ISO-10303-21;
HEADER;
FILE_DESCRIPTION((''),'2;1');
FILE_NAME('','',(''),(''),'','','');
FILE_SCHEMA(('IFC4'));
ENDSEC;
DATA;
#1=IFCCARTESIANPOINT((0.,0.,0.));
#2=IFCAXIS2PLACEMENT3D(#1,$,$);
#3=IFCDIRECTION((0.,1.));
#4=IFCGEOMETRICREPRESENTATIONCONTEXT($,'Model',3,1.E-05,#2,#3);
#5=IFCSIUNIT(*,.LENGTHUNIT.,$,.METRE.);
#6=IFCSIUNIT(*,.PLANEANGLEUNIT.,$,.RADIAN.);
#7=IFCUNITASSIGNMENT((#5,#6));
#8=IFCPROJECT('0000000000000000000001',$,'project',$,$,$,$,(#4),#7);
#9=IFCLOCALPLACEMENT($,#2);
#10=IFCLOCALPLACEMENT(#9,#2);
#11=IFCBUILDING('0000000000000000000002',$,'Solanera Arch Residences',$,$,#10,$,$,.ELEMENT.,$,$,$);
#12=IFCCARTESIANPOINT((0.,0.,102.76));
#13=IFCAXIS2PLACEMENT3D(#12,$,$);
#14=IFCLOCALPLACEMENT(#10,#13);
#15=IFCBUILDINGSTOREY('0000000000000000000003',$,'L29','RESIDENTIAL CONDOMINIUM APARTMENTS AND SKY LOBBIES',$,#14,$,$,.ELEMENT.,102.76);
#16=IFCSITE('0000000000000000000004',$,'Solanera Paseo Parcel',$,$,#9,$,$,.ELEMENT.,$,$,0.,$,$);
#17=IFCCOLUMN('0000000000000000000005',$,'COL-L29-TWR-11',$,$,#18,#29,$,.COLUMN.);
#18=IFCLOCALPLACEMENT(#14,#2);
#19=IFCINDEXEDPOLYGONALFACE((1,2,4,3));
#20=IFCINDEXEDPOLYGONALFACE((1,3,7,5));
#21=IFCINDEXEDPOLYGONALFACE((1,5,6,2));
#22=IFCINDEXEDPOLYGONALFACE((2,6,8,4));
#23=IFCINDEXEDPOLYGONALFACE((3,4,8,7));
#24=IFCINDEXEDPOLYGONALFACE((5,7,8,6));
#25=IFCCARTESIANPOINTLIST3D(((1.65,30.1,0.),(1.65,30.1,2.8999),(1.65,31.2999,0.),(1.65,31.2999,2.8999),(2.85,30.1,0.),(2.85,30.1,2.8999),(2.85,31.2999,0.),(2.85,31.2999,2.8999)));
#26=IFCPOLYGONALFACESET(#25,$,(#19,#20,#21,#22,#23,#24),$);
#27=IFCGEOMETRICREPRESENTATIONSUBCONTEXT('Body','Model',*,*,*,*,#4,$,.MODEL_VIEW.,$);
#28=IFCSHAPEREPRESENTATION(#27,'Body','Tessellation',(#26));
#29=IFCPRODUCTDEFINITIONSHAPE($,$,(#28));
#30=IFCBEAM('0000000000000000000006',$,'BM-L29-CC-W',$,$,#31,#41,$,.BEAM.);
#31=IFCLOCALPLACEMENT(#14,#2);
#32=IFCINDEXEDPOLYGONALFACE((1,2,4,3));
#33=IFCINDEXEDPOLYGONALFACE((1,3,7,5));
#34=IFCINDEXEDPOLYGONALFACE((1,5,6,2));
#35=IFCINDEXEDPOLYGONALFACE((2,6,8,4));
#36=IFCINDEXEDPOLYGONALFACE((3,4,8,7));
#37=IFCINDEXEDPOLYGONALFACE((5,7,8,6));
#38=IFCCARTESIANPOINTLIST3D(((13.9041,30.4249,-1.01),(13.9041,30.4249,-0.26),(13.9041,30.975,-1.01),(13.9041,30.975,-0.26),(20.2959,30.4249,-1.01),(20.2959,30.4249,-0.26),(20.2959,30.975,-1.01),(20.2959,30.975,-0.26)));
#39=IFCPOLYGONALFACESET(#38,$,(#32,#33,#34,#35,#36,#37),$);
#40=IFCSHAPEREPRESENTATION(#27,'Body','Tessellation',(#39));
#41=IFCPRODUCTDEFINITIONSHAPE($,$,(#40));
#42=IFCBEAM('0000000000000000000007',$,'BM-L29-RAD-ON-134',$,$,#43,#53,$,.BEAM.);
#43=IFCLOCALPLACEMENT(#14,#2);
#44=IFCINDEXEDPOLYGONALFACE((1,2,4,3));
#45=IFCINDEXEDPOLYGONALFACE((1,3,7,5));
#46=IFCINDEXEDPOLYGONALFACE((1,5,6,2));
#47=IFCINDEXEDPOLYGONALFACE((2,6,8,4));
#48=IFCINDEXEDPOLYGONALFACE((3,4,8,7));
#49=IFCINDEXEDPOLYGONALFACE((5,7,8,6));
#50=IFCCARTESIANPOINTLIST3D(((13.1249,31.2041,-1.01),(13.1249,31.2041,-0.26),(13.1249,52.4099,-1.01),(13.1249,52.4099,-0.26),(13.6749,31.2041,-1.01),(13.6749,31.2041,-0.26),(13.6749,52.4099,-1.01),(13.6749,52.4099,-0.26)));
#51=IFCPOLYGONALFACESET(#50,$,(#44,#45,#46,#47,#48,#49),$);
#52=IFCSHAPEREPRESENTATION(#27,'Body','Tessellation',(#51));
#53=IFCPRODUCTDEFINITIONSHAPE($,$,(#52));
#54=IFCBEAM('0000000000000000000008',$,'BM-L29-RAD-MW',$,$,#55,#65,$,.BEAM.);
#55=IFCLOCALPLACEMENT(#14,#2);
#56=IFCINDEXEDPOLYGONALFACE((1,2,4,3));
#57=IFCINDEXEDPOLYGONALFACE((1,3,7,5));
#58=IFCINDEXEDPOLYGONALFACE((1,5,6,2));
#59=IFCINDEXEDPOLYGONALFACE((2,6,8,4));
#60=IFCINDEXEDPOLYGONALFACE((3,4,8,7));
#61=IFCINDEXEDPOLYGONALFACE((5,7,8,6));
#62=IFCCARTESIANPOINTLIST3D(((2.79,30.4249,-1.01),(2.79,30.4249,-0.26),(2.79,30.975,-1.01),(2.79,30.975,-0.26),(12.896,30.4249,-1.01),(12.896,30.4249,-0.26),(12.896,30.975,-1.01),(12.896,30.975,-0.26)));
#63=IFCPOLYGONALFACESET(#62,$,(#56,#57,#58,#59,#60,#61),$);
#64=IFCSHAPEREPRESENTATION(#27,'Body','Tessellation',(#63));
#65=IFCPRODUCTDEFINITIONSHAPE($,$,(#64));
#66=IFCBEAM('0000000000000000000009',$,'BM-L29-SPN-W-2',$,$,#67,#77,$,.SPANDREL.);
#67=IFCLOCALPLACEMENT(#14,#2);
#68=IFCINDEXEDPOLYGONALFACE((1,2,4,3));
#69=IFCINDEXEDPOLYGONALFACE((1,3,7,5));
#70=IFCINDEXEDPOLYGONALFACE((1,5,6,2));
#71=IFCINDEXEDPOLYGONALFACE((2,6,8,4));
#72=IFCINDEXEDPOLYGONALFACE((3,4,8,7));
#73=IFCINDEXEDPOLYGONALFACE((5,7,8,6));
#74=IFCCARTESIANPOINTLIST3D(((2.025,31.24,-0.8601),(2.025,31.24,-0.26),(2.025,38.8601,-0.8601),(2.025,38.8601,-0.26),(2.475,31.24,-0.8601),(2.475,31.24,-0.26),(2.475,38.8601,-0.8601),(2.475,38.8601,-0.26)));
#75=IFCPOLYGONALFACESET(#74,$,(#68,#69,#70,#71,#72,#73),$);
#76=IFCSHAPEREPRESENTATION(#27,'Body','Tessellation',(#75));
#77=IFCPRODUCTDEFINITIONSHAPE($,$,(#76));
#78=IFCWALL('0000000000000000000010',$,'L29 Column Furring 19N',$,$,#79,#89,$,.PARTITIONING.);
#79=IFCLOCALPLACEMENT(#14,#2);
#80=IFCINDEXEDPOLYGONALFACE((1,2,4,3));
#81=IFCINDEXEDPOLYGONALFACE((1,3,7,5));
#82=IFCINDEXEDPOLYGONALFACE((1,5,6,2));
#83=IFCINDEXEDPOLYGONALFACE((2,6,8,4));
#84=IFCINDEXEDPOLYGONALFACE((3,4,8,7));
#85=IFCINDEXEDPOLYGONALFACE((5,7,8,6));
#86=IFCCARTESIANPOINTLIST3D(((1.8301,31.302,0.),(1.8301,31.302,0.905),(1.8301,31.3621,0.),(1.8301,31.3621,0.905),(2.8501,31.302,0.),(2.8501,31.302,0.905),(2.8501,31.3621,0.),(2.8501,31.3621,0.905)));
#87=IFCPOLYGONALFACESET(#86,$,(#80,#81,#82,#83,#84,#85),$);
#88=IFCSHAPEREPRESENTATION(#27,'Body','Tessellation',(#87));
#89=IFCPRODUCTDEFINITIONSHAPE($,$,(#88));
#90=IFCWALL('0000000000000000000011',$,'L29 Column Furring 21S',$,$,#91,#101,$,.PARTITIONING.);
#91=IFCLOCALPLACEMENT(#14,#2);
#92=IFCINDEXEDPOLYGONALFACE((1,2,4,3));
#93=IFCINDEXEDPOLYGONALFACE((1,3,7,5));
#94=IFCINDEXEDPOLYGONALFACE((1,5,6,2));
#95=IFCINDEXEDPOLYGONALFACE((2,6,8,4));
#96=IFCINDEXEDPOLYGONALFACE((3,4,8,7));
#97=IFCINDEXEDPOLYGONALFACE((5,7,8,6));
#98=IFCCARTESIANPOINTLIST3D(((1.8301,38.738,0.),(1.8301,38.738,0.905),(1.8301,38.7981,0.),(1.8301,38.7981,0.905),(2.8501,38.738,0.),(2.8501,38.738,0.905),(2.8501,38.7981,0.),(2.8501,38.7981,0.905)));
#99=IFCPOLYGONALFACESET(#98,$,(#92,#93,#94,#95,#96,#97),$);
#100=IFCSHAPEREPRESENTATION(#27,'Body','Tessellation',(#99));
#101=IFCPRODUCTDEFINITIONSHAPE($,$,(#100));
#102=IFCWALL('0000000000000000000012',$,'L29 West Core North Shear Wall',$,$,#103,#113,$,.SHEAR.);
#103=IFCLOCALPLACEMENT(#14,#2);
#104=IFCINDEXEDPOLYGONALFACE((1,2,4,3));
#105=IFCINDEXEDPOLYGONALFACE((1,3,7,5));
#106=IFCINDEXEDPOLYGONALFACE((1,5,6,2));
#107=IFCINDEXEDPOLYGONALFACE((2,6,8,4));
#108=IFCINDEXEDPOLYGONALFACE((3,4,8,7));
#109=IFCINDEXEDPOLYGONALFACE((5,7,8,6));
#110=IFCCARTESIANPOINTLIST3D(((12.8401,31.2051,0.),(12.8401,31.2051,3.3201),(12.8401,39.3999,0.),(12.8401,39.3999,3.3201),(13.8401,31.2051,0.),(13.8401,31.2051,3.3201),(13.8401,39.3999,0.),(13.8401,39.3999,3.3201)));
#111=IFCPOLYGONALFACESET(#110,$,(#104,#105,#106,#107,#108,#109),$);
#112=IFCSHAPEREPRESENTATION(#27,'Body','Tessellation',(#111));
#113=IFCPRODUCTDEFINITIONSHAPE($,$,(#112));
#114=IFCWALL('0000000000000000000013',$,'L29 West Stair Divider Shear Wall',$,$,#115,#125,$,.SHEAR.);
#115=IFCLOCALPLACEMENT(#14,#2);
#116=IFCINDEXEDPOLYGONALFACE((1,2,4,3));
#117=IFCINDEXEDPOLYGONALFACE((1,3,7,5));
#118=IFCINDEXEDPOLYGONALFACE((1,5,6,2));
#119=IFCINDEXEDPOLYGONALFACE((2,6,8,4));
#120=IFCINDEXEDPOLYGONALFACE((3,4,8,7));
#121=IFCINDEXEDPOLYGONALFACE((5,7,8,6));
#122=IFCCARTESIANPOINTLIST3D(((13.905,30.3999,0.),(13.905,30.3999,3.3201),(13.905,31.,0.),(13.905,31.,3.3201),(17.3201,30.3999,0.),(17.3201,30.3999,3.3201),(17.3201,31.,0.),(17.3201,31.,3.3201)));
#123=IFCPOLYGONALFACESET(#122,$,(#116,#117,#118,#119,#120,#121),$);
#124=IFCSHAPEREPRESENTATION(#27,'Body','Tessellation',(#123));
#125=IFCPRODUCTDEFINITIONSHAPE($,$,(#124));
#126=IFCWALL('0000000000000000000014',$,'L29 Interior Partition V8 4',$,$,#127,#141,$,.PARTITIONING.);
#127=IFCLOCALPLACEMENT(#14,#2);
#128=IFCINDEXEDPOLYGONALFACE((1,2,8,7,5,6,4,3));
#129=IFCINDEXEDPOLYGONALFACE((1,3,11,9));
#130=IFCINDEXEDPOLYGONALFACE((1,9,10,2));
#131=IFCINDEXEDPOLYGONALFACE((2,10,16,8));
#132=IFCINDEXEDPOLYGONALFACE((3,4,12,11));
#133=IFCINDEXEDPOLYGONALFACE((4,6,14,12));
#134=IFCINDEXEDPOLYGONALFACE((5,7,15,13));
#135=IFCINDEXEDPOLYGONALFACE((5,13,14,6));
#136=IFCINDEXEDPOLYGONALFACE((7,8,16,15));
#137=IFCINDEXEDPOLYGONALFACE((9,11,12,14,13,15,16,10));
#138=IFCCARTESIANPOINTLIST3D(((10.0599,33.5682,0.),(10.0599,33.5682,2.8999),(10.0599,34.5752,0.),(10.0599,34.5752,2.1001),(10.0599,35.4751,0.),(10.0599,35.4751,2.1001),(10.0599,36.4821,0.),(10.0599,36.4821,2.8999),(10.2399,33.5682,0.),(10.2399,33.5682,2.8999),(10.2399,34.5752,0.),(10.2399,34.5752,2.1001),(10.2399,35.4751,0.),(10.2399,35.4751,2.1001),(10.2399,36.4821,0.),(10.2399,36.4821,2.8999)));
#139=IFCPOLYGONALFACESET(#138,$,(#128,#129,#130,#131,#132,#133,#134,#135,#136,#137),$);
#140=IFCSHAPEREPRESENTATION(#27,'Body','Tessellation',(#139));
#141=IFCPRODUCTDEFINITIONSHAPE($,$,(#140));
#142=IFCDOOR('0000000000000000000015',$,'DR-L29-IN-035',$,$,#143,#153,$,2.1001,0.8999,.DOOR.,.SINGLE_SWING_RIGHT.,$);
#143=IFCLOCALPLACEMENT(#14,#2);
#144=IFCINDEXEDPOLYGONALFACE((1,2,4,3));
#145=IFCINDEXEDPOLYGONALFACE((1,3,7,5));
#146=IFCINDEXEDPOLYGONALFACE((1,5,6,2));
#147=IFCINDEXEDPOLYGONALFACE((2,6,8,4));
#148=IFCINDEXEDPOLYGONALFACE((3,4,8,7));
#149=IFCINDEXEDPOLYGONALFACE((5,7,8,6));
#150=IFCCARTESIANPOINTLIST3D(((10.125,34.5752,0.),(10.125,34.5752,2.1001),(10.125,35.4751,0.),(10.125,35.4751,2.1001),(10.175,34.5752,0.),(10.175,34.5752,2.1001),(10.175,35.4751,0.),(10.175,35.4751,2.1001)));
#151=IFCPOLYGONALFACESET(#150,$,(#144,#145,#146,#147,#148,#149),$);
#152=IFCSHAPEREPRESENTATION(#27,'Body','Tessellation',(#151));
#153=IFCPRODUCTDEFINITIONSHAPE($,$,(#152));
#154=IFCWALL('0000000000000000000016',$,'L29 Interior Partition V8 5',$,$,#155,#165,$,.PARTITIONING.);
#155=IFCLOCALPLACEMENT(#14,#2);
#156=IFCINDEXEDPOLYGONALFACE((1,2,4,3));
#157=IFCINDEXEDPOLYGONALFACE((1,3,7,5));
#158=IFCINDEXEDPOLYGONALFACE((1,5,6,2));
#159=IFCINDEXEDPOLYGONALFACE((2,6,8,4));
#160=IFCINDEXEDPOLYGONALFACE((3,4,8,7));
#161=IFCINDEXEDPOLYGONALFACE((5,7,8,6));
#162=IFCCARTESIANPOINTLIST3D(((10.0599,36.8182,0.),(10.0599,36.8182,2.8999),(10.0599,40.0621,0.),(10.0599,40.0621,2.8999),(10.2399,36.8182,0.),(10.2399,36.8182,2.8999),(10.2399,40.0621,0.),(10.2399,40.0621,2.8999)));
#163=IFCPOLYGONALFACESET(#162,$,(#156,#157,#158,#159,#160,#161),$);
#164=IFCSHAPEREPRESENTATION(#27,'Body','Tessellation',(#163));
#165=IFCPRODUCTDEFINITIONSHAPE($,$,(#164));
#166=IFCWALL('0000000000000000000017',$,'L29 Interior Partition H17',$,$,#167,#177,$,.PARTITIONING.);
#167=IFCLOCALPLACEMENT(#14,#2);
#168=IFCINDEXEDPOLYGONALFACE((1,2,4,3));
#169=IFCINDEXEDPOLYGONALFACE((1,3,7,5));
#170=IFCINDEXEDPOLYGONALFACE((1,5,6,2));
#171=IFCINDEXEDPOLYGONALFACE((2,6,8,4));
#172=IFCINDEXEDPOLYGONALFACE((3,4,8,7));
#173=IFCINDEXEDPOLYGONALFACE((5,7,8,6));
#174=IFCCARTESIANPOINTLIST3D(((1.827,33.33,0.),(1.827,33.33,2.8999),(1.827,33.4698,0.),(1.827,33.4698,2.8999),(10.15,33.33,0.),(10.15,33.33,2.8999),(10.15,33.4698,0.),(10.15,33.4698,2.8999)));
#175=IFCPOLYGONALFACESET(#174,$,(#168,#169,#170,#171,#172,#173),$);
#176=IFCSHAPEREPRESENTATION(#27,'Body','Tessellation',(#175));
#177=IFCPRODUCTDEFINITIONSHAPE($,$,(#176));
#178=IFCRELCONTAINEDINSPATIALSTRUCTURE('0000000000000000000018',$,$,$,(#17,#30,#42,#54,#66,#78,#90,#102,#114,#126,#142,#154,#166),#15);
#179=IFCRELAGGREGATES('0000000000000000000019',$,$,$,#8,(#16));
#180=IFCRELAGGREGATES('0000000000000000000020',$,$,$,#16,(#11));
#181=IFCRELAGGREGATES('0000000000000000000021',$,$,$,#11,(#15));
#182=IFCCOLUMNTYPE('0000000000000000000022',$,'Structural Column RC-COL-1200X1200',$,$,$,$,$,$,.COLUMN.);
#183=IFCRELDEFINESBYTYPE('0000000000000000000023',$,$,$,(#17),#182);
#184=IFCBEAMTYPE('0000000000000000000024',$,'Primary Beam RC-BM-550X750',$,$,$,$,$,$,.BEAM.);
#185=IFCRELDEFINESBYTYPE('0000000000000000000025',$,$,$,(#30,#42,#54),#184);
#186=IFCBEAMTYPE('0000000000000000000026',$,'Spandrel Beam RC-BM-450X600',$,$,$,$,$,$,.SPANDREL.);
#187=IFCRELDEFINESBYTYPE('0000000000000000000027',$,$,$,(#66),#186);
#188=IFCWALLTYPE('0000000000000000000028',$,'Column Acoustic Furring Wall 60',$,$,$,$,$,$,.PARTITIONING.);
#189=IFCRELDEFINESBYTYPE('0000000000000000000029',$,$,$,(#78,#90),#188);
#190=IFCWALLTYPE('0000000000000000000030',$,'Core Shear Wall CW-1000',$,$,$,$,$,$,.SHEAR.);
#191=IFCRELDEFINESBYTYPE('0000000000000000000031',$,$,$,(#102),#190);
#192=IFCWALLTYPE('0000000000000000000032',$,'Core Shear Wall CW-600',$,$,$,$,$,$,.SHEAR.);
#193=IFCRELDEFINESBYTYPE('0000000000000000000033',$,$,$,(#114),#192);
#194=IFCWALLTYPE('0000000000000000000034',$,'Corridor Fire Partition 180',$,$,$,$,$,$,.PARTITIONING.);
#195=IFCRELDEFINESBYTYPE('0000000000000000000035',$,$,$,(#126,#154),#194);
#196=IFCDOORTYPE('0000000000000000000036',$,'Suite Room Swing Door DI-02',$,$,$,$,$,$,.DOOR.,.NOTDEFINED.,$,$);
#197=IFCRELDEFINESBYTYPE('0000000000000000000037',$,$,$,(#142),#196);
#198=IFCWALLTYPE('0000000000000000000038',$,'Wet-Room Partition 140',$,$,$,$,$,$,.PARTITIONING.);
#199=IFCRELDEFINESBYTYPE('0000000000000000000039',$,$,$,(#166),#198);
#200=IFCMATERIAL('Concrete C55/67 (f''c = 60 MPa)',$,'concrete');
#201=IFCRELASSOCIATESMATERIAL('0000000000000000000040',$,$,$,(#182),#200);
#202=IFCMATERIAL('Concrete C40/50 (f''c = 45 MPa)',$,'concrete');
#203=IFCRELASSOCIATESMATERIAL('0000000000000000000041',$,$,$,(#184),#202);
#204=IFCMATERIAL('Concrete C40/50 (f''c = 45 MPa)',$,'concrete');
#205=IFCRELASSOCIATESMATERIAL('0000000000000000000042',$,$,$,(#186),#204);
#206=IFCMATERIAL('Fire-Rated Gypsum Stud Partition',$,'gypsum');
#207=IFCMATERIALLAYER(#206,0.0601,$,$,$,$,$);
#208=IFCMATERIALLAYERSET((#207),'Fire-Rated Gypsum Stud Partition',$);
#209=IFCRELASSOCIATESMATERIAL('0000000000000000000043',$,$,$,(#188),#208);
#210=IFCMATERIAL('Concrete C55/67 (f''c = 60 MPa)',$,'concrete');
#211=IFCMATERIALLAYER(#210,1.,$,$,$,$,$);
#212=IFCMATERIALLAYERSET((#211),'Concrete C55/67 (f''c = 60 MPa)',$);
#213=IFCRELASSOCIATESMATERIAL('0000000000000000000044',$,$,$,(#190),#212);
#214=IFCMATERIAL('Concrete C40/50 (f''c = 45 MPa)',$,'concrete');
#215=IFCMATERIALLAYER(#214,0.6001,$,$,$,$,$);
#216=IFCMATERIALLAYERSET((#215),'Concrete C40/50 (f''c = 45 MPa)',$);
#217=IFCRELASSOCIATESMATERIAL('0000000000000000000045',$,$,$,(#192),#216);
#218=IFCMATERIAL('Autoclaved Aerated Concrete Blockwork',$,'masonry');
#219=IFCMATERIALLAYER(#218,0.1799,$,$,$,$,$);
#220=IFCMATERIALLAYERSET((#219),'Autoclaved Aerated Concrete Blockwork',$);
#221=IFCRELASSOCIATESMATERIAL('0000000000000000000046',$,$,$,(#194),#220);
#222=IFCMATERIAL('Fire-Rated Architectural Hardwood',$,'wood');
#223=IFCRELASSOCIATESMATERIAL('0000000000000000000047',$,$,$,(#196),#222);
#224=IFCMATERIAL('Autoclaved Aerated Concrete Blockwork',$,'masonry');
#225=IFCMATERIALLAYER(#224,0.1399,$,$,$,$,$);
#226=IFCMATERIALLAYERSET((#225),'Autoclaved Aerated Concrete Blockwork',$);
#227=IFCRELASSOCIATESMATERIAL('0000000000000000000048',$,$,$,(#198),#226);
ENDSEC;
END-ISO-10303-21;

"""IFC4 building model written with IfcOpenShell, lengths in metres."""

from ifc_helpers import new_model, si_unit, direction, frame, frame_2d, origin, origin_2d, place, context, subcontext, project, spatial, rectangle, extrude, material, layer, layer_set, material_profile, profile_set, type_object, element, fill, save


model = new_model("IFC4")

# Units and contexts
model_context = context("Model", 3, precision=1e-05, world=origin(), true_north=direction((0.0, 1.0)))
body_context = subcontext(model_context, "Body", "Model", "MODEL_VIEW")
ifc_project = project(units=[si_unit("LENGTHUNIT", "METRE"), si_unit("PLANEANGLEUNIT", "RADIAN")], contexts=[model_context])

# Site, building, storey
site_placement = place(None, origin())
site = spatial("IfcSite", under=ifc_project, at=site_placement, Name="Solanera Paseo Parcel", CompositionType="ELEMENT", RefElevation=0.0)
building_placement = place(site_placement, origin())
building = spatial("IfcBuilding", under=site, at=building_placement, Name="Solanera Arch Residences", CompositionType="ELEMENT")
storey_placement = place(building_placement, frame((0.0, 0.0, 102.76)))
storey = spatial("IfcBuildingStorey", under=building, at=storey_placement, Name="L29", Description="RESIDENTIAL CONDOMINIUM APARTMENTS AND SKY LOBBIES", CompositionType="ELEMENT", Elevation=102.76)

# Column
ifc_material_1 = material(Name="Concrete C55/67 (f'c = 60 MPa)", Category="concrete")
ifc_material_profile_1 = material_profile(ifc_material_1, rectangle(XDim=1.2, YDim=1.2, at=origin_2d()))
ifc_profile_set_1 = profile_set([ifc_material_profile_1], Name="Concrete C55/67 (f'c = 60 MPa)")
column_type = type_object("IfcColumnType", Name="Structural Column RC-COL-1200X1200", PredefinedType="COLUMN", material=ifc_profile_set_1)
column_placement = place(storey_placement, frame((2.25, 30.7, 0.0), z_axis=(0.0, 0.0, 1.0), x_axis=(1.0, 0.0, 0.0)))
element("IfcColumn", 1, at=column_placement, inside=storey, type_object=column_type, Name="COL-L29-TWR-11", PredefinedType="COLUMN", context=body_context, shape_type="SweptSolid", body=[
    extrude(rectangle(XDim=1.2, YDim=1.2, at=origin_2d()), origin(), (0.0, 0.0, 1.0), 2.8999),
])

# Beams
ifc_material_2 = material(Name="Concrete C40/50 (f'c = 45 MPa)", Category="concrete")
ifc_material_profile_2 = material_profile(ifc_material_2, rectangle(XDim=0.55, YDim=0.75, at=origin_2d()))
ifc_profile_set_2 = profile_set([ifc_material_profile_2], Name="Concrete C40/50 (f'c = 45 MPa)")
beam_type_1 = type_object("IfcBeamType", Name="Primary Beam RC-BM-550X750", PredefinedType="BEAM", material=ifc_profile_set_2)
beam_1_placement = place(storey_placement, frame((13.9041, 30.7, -0.635), z_axis=(1.0, 0.0, 0.0), x_axis=(0.0, 1.0, 0.0)))
element("IfcBeam", 2, at=beam_1_placement, inside=storey, type_object=beam_type_1, Name="BM-L29-CC-W", PredefinedType="BEAM", context=body_context, shape_type="SweptSolid", body=[
    extrude(rectangle(XDim=0.55, YDim=0.75, at=origin_2d()), origin(), (0.0, 0.0, 1.0), 6.3918),
])
beam_2_placement = place(storey_placement, frame((13.3999, 31.2041, -0.635), z_axis=(0.0, 1.0, 0.0), x_axis=(-1.0, 0.0, 0.0)))
element("IfcBeam", 3, at=beam_2_placement, inside=storey, type_object=beam_type_1, Name="BM-L29-RAD-ON-134", PredefinedType="BEAM", context=body_context, shape_type="SweptSolid", body=[
    extrude(rectangle(XDim=0.55, YDim=0.75, at=origin_2d()), origin(), (0.0, 0.0, 1.0), 21.2058),
])
beam_3_placement = place(storey_placement, frame((2.79, 30.7, -0.635), z_axis=(1.0, 0.0, 0.0), x_axis=(0.0, 1.0, 0.0)))
element("IfcBeam", 4, at=beam_3_placement, inside=storey, type_object=beam_type_1, Name="BM-L29-RAD-MW", PredefinedType="BEAM", context=body_context, shape_type="SweptSolid", body=[
    extrude(rectangle(XDim=0.55, YDim=0.75, at=origin_2d()), origin(), (0.0, 0.0, 1.0), 10.106),
])
ifc_material_3 = material(Name="Concrete C40/50 (f'c = 45 MPa)", Category="concrete")
ifc_material_profile_3 = material_profile(ifc_material_3, rectangle(XDim=0.45, YDim=0.6001, at=origin_2d()))
ifc_profile_set_3 = profile_set([ifc_material_profile_3], Name="Concrete C40/50 (f'c = 45 MPa)")
beam_type_2 = type_object("IfcBeamType", Name="Spandrel Beam RC-BM-450X600", PredefinedType="SPANDREL", material=ifc_profile_set_3)
beam_4_placement = place(storey_placement, frame((2.25, 31.24, -0.5601), z_axis=(0.0, 1.0, 0.0), x_axis=(-1.0, 0.0, 0.0)))
element("IfcBeam", 5, at=beam_4_placement, inside=storey, type_object=beam_type_2, Name="BM-L29-SPN-W-2", PredefinedType="SPANDREL", context=body_context, shape_type="SweptSolid", body=[
    extrude(rectangle(XDim=0.45, YDim=0.6001, at=origin_2d()), origin(), (0.0, 0.0, 1.0), 7.6201),
])

# Walls
ifc_material_4 = material(Name="Fire-Rated Gypsum Stud Partition", Category="gypsum")
ifc_layer_1 = layer(ifc_material_4, 0.0601)
ifc_layer_set_1 = layer_set([ifc_layer_1], Name="Fire-Rated Gypsum Stud Partition")
wall_type_1 = type_object("IfcWallType", Name="Column Acoustic Furring Wall 60", PredefinedType="PARTITIONING", material=ifc_layer_set_1)
for number, where, z_axis, x_axis, name in (
    (6, (1.8301, 31.332, 0.0), (0.0, 0.0, 1.0), (1.0, 0.0, 0.0), "L29 Column Furring 19N"),
    (7, (1.8301, 38.7681, 0.0), (0.0, 0.0, 1.0), (1.0, 0.0, 0.0), "L29 Column Furring 21S"),
):
    element("IfcWall", number, at=place(storey_placement, frame(where, z_axis=z_axis, x_axis=x_axis)), inside=storey, type_object=wall_type_1, Name=name, PredefinedType="PARTITIONING", context=body_context, shape_type="SweptSolid", body=[
        extrude(rectangle(XDim=1.02, YDim=0.0601, at=frame_2d((0.51, 0.0))), origin(), (0.0, 0.0, 1.0), 0.905),
    ])
ifc_material_5 = material(Name="Concrete C55/67 (f'c = 60 MPa)", Category="concrete")
ifc_layer_2 = layer(ifc_material_5, 1.0)
ifc_layer_set_2 = layer_set([ifc_layer_2], Name="Concrete C55/67 (f'c = 60 MPa)")
wall_type_2 = type_object("IfcWallType", Name="Core Shear Wall CW-1000", PredefinedType="SHEAR", material=ifc_layer_set_2)
wall_1_placement = place(storey_placement, frame((13.3401, 31.2051, 0.0), z_axis=(0.0, 0.0, 1.0), x_axis=(0.0, 1.0, 0.0)))
element("IfcWall", 8, at=wall_1_placement, inside=storey, type_object=wall_type_2, Name="L29 West Core North Shear Wall", PredefinedType="SHEAR", context=body_context, shape_type="SweptSolid", body=[
    extrude(rectangle(XDim=8.1948, YDim=1.0, at=frame_2d((4.0974, 0.0))), origin(), (0.0, 0.0, 1.0), 3.3201),
])
ifc_material_6 = material(Name="Concrete C40/50 (f'c = 45 MPa)", Category="concrete")
ifc_layer_3 = layer(ifc_material_6, 0.6001)
ifc_layer_set_3 = layer_set([ifc_layer_3], Name="Concrete C40/50 (f'c = 45 MPa)")
wall_type_3 = type_object("IfcWallType", Name="Core Shear Wall CW-600", PredefinedType="SHEAR", material=ifc_layer_set_3)
wall_2_placement = place(storey_placement, frame((13.905, 30.7, 0.0), z_axis=(0.0, 0.0, 1.0), x_axis=(1.0, 0.0, 0.0)))
element("IfcWall", 9, at=wall_2_placement, inside=storey, type_object=wall_type_3, Name="L29 West Stair Divider Shear Wall", PredefinedType="SHEAR", context=body_context, shape_type="SweptSolid", body=[
    extrude(rectangle(XDim=3.415, YDim=0.6001, at=frame_2d((1.7075, 0.0))), origin(), (0.0, 0.0, 1.0), 3.3201),
])

# Wall, opening, door
ifc_material_7 = material(Name="Autoclaved Aerated Concrete Blockwork", Category="masonry")
ifc_layer_4 = layer(ifc_material_7, 0.1799)
ifc_layer_set_4 = layer_set([ifc_layer_4], Name="Autoclaved Aerated Concrete Blockwork")
wall_type_4 = type_object("IfcWallType", Name="Corridor Fire Partition 180", PredefinedType="PARTITIONING", material=ifc_layer_set_4)
wall_3_placement = place(storey_placement, frame((10.1499, 33.5681, 0.0), z_axis=(0.0, 0.0, 1.0), x_axis=(0.0, 1.0, 0.0)))
wall_3 = element("IfcWall", 10, at=wall_3_placement, inside=storey, type_object=wall_type_4, Name="L29 Interior Partition V8 4", PredefinedType="PARTITIONING", context=body_context, shape_type="SweptSolid", body=[
    extrude(rectangle(XDim=2.9138, YDim=0.1799, at=frame_2d((1.457, 0.0))), origin(), (0.0, 0.0, 1.0), 2.8999),
])
opening_placement = place(wall_3_placement, frame((1.0071, 0.0, 0.0)))
opening = element("IfcOpeningElement", 11, at=opening_placement, cuts=wall_3, PredefinedType="OPENING", context=body_context, shape_type="SweptSolid", body=[
    extrude(rectangle(XDim=0.8999, YDim=2.1001, at=frame_2d((0.45, 1.05))), frame((0.0, 0.1001, 0.0), z_axis=(0.0, -1.0, 0.0), x_axis=(1.0, 0.0, 0.0)), (0.0, 0.0, 1.0), 0.1999),
])
ifc_material_8 = material(Name="Fire-Rated Architectural Hardwood", Category="wood")
door_type = type_object("IfcDoorType", Name="Suite Room Swing Door DI-02", OperationType="NOTDEFINED", PredefinedType="DOOR", material=ifc_material_8)
door_placement = place(opening_placement, origin())
door = element("IfcDoor", 12, at=door_placement, inside=storey, type_object=door_type, Name="DR-L29-IN-035", OperationType="SINGLE_SWING_RIGHT", OverallHeight=2.1001, OverallWidth=0.8999, PredefinedType="DOOR", context=body_context, shape_type="SweptSolid", body=[
    extrude(rectangle(XDim=0.8999, YDim=2.1001, at=frame_2d((0.45, 1.05))), frame((0.0, 0.0249, 0.0), z_axis=(0.0, -1.0, 0.0), x_axis=(1.0, 0.0, 0.0)), (0.0, 0.0, 1.0), 0.05),
])
fill(opening, door)

# Walls
wall_4_placement = place(storey_placement, frame((10.1499, 36.8181, 0.0), z_axis=(0.0, 0.0, 1.0), x_axis=(0.0, 1.0, 0.0)))
element("IfcWall", 13, at=wall_4_placement, inside=storey, type_object=wall_type_4, Name="L29 Interior Partition V8 5", PredefinedType="PARTITIONING", context=body_context, shape_type="SweptSolid", body=[
    extrude(rectangle(XDim=3.2439, YDim=0.1799, at=frame_2d((1.6221, 0.0))), origin(), (0.0, 0.0, 1.0), 2.8999),
])
ifc_material_9 = material(Name="Autoclaved Aerated Concrete Blockwork", Category="masonry")
ifc_layer_5 = layer(ifc_material_9, 0.1399)
ifc_layer_set_5 = layer_set([ifc_layer_5], Name="Autoclaved Aerated Concrete Blockwork")
wall_type_5 = type_object("IfcWallType", Name="Wet-Room Partition 140", PredefinedType="PARTITIONING", material=ifc_layer_set_5)
for number, where, z_axis, x_axis, name in (
    (14, (1.8269, 33.3999, 0.0), (0.0, 0.0, 1.0), (1.0, 0.0, 0.0), "L29 Interior Partition H17"),
):
    element("IfcWall", number, at=place(storey_placement, frame(where, z_axis=z_axis, x_axis=x_axis)), inside=storey, type_object=wall_type_5, Name=name, PredefinedType="PARTITIONING", context=body_context, shape_type="SweptSolid", body=[
        extrude(rectangle(XDim=8.323, YDim=0.1399, at=frame_2d((4.1616, 0.0))), origin(), (0.0, 0.0, 1.0), 2.8999),
    ])

save(model, "model.ifc")
